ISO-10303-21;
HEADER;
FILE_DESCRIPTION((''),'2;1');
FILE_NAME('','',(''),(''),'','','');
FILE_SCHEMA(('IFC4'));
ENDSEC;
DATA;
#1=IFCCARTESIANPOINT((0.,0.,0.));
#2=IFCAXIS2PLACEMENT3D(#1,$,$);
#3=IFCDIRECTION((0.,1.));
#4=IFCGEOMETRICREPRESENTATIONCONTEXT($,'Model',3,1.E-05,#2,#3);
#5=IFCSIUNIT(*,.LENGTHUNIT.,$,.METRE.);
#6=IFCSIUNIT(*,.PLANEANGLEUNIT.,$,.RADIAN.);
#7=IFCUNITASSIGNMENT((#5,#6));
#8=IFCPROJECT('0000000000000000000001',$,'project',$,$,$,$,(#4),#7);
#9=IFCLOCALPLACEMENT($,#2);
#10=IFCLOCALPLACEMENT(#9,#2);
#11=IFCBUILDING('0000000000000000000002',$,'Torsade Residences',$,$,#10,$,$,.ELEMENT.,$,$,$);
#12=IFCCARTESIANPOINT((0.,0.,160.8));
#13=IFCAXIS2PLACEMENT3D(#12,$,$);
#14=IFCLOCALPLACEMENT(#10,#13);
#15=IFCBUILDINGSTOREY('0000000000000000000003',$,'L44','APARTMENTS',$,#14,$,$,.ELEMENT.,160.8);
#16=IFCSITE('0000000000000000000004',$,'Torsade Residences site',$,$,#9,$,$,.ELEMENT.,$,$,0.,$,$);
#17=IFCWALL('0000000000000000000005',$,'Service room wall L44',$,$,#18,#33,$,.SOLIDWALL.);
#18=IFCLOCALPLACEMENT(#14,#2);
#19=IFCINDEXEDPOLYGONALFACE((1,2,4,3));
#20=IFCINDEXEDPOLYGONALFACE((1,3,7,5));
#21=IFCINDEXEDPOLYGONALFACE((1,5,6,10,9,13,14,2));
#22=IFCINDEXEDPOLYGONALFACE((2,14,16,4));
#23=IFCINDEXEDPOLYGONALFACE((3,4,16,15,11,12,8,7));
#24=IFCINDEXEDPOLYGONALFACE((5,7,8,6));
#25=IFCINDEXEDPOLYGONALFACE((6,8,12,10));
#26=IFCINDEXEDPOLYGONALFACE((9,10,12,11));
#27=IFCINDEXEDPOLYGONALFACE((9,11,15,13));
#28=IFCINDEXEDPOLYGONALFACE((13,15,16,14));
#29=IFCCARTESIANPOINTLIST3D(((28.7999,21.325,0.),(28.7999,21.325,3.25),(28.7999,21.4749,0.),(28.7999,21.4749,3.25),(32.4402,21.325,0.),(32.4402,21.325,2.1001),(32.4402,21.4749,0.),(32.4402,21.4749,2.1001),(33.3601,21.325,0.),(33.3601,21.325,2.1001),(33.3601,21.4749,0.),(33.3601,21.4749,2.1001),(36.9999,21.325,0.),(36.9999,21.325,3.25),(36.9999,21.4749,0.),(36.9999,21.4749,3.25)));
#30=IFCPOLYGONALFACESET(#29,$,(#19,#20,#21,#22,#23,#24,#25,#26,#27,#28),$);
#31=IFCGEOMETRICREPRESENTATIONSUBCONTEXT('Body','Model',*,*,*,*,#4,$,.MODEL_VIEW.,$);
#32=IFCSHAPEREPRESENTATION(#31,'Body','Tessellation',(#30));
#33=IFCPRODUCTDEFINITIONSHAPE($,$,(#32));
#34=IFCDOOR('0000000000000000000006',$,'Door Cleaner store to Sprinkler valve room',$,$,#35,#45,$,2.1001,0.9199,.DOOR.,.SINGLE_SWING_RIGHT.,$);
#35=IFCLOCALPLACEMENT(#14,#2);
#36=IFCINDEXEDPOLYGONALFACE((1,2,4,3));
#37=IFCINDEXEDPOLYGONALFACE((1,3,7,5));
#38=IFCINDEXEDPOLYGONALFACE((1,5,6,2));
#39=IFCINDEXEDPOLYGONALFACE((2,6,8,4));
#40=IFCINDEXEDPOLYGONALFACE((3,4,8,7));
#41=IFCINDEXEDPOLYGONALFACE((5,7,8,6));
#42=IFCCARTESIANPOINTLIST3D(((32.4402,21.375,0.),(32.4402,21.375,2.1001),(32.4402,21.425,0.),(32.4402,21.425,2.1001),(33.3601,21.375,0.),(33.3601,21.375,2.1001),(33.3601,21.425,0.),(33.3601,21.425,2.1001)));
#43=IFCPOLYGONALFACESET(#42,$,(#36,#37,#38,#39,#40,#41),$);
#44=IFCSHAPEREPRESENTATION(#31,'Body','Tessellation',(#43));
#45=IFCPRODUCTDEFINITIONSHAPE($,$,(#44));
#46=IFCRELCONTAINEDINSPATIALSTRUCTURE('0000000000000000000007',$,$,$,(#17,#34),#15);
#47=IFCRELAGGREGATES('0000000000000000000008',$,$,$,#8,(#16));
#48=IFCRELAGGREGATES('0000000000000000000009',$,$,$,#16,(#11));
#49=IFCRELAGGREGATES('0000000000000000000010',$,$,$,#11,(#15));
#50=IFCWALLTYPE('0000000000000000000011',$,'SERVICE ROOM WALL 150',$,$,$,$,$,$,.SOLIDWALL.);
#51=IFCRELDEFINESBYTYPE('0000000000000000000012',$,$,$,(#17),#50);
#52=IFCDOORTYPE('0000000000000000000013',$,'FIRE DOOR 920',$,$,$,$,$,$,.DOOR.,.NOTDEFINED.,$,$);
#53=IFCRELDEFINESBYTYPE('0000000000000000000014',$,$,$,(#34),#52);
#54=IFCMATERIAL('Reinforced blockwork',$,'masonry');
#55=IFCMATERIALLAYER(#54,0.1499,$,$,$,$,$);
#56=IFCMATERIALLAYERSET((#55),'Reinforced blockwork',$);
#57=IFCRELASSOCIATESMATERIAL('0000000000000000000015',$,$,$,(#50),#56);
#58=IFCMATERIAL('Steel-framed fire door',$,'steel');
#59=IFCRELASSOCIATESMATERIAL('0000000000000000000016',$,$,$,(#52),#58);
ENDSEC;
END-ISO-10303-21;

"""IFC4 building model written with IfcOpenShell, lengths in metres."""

from ifc_helpers import new_model, si_unit, direction, frame, frame_2d, origin, place, context, subcontext, project, spatial, rectangle, extrude, material, layer, layer_set, type_object, element, fill, save


model = new_model("IFC4")

# Units and contexts
model_context = context("Model", 3, precision=1e-05, world=origin(), true_north=direction((0.0, 1.0)))
body_context = subcontext(model_context, "Body", "Model", "MODEL_VIEW")
ifc_project = project(units=[si_unit("LENGTHUNIT", "METRE"), si_unit("PLANEANGLEUNIT", "RADIAN")], contexts=[model_context])

# Site, building, storey
site_placement = place(None, origin())
site = spatial("IfcSite", under=ifc_project, at=site_placement, Name="Torsade Residences site", CompositionType="ELEMENT", RefElevation=0.0)
building_placement = place(site_placement, origin())
building = spatial("IfcBuilding", under=site, at=building_placement, Name="Torsade Residences", CompositionType="ELEMENT")
storey_placement = place(building_placement, frame((0.0, 0.0, 160.8)))
storey = spatial("IfcBuildingStorey", under=building, at=storey_placement, Name="L44", Description="APARTMENTS", CompositionType="ELEMENT", Elevation=160.8)

# Shared definitions
ifc_material_1 = material(Name="Reinforced blockwork", Category="masonry")
ifc_layer_1 = layer(ifc_material_1, 0.1499)
ifc_layer_set_1 = layer_set([ifc_layer_1], Name="Reinforced blockwork")
wall_type_1 = type_object("IfcWallType", Name="SERVICE ROOM WALL 150", PredefinedType="SOLIDWALL", material=ifc_layer_set_1)

# Wall, opening, door
wall_1_placement = place(storey_placement, frame((37.0, 21.3999, 0.0), z_axis=(0.0, 0.0, 1.0), x_axis=(-1.0, 0.0, 0.0)))
wall_1 = element("IfcWall", 1, at=wall_1_placement, inside=storey, type_object=wall_type_1, Name="Service room wall L44", PredefinedType="SOLIDWALL", context=body_context, shape_type="SweptSolid", body=[
    extrude(rectangle(XDim=8.2, YDim=0.1499, at=frame_2d((4.1001, 0.0))), origin(), (0.0, 0.0, 1.0), 3.25),
])
opening_1_placement = place(wall_1_placement, frame((3.6399, 0.0, 0.0)))
opening_1 = element("IfcOpeningElement", 2, at=opening_1_placement, cuts=wall_1, PredefinedType="OPENING", context=body_context, shape_type="SweptSolid", body=[
    extrude(rectangle(XDim=0.9199, YDim=2.1001, at=frame_2d((0.46, 1.05))), frame((0.0, 0.085, 0.0), z_axis=(0.0, -1.0, 0.0), x_axis=(1.0, 0.0, 0.0)), (0.0, 0.0, 1.0), 0.1699),
])
ifc_material_2 = material(Name="Steel-framed fire door", Category="steel")
door_type_1 = type_object("IfcDoorType", Name="FIRE DOOR 920", OperationType="NOTDEFINED", PredefinedType="DOOR", material=ifc_material_2)
door_1_placement = place(opening_1_placement, origin())
door_1 = element("IfcDoor", 3, at=door_1_placement, inside=storey, type_object=door_type_1, Name="Door Cleaner store to Sprinkler valve room", OperationType="SINGLE_SWING_RIGHT", OverallHeight=2.1001, OverallWidth=0.9199, PredefinedType="DOOR", context=body_context, shape_type="SweptSolid", body=[
    extrude(rectangle(XDim=0.9199, YDim=2.1001, at=frame_2d((0.46, 1.05))), frame((0.0, 0.0249, 0.0), z_axis=(0.0, -1.0, 0.0), x_axis=(1.0, 0.0, 0.0)), (0.0, 0.0, 1.0), 0.05),
])
fill(opening_1, door_1)

save(model, "model.ifc")
